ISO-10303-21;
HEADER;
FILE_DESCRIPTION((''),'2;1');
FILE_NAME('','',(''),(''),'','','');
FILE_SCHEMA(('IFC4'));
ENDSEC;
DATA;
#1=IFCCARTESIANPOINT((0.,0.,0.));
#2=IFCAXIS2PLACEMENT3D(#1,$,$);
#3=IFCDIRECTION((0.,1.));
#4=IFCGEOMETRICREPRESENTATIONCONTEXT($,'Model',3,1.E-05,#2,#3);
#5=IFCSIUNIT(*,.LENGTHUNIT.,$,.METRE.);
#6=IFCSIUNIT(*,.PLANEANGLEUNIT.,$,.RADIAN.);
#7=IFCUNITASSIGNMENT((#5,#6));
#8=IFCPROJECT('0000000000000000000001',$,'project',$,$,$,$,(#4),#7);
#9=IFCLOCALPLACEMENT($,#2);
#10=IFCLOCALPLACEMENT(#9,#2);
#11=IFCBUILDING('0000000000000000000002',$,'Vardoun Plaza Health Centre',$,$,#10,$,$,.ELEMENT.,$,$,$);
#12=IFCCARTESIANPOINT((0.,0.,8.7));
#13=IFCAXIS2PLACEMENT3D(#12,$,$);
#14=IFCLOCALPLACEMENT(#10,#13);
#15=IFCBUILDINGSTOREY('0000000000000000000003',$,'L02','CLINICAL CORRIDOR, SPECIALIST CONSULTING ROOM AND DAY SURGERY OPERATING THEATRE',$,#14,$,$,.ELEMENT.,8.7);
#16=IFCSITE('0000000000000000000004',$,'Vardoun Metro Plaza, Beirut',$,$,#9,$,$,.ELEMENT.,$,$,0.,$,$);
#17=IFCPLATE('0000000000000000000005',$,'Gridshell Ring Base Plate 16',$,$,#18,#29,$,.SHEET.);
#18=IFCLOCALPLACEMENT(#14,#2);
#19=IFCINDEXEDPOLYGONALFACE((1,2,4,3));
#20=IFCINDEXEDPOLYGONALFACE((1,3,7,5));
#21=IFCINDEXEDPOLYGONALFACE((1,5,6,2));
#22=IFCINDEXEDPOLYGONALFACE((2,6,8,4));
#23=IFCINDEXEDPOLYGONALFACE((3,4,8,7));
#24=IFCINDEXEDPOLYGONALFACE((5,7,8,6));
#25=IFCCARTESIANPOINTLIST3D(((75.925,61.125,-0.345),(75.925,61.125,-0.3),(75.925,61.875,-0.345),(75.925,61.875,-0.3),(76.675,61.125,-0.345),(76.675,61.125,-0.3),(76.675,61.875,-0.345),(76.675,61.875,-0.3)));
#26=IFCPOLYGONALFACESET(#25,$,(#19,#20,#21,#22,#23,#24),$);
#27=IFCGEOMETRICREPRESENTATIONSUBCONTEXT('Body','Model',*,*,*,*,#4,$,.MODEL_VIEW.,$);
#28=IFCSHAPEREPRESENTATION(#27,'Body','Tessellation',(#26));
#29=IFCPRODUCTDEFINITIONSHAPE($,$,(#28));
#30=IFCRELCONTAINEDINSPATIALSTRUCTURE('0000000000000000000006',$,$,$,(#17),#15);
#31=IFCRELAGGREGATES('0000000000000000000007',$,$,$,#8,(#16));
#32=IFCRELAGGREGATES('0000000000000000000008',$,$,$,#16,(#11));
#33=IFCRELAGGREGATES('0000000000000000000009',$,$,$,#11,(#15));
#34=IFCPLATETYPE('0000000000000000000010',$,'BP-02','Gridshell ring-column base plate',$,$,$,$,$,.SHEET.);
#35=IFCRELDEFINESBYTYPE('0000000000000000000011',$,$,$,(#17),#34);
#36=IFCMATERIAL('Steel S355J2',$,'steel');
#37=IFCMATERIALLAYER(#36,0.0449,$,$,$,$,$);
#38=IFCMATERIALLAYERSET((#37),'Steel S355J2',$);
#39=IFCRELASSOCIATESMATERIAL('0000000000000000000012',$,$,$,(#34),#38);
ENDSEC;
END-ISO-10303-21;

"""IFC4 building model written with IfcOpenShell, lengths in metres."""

from ifc_helpers import new_model, si_unit, direction, frame, origin, origin_2d, place, context, subcontext, project, spatial, rectangle, extrude, material, layer, layer_set, type_object, element, save


model = new_model("IFC4")

# Units and contexts
model_context = context("Model", 3, precision=1e-05, world=origin(), true_north=direction((0.0, 1.0)))
body_context = subcontext(model_context, "Body", "Model", "MODEL_VIEW")
ifc_project = project(units=[si_unit("LENGTHUNIT", "METRE"), si_unit("PLANEANGLEUNIT", "RADIAN")], contexts=[model_context])

# Site, building, storey
site_placement = place(None, origin())
site = spatial("IfcSite", under=ifc_project, at=site_placement, Name="Vardoun Metro Plaza, Beirut", CompositionType="ELEMENT", RefElevation=0.0)
building_placement = place(site_placement, origin())
building = spatial("IfcBuilding", under=site, at=building_placement, Name="Vardoun Plaza Health Centre", CompositionType="ELEMENT")
storey_placement = place(building_placement, frame((0.0, 0.0, 8.7)))
storey = spatial("IfcBuildingStorey", under=building, at=storey_placement, Name="L02", Description="CLINICAL CORRIDOR, SPECIALIST CONSULTING ROOM AND DAY SURGERY OPERATING THEATRE", CompositionType="ELEMENT", Elevation=8.7)

# Plate
ifc_material_1 = material(Name="Steel S355J2", Category="steel")
ifc_layer = layer(ifc_material_1, 0.0449)
ifc_layer_set = layer_set([ifc_layer], Name="Steel S355J2")
plate_type = type_object("IfcPlateType", Name="BP-02", Description="Gridshell ring-column base plate", PredefinedType="SHEET", material=ifc_layer_set)
for number, where, z_axis, x_axis, name in (
    (1, (76.3, 61.5, -0.345), (0.0, 0.0, 1.0), (1.0, 0.0, 0.0), "Gridshell Ring Base Plate 16"),
):
    element("IfcPlate", number, at=place(storey_placement, frame(where, z_axis=z_axis, x_axis=x_axis)), inside=storey, type_object=plate_type, Name=name, PredefinedType="SHEET", context=body_context, shape_type="SweptSolid", body=[
        extrude(rectangle(XDim=0.75, YDim=0.75, at=origin_2d()), origin(), (0.0, 0.0, 1.0), 0.0449),
    ])

save(model, "model.ifc")
